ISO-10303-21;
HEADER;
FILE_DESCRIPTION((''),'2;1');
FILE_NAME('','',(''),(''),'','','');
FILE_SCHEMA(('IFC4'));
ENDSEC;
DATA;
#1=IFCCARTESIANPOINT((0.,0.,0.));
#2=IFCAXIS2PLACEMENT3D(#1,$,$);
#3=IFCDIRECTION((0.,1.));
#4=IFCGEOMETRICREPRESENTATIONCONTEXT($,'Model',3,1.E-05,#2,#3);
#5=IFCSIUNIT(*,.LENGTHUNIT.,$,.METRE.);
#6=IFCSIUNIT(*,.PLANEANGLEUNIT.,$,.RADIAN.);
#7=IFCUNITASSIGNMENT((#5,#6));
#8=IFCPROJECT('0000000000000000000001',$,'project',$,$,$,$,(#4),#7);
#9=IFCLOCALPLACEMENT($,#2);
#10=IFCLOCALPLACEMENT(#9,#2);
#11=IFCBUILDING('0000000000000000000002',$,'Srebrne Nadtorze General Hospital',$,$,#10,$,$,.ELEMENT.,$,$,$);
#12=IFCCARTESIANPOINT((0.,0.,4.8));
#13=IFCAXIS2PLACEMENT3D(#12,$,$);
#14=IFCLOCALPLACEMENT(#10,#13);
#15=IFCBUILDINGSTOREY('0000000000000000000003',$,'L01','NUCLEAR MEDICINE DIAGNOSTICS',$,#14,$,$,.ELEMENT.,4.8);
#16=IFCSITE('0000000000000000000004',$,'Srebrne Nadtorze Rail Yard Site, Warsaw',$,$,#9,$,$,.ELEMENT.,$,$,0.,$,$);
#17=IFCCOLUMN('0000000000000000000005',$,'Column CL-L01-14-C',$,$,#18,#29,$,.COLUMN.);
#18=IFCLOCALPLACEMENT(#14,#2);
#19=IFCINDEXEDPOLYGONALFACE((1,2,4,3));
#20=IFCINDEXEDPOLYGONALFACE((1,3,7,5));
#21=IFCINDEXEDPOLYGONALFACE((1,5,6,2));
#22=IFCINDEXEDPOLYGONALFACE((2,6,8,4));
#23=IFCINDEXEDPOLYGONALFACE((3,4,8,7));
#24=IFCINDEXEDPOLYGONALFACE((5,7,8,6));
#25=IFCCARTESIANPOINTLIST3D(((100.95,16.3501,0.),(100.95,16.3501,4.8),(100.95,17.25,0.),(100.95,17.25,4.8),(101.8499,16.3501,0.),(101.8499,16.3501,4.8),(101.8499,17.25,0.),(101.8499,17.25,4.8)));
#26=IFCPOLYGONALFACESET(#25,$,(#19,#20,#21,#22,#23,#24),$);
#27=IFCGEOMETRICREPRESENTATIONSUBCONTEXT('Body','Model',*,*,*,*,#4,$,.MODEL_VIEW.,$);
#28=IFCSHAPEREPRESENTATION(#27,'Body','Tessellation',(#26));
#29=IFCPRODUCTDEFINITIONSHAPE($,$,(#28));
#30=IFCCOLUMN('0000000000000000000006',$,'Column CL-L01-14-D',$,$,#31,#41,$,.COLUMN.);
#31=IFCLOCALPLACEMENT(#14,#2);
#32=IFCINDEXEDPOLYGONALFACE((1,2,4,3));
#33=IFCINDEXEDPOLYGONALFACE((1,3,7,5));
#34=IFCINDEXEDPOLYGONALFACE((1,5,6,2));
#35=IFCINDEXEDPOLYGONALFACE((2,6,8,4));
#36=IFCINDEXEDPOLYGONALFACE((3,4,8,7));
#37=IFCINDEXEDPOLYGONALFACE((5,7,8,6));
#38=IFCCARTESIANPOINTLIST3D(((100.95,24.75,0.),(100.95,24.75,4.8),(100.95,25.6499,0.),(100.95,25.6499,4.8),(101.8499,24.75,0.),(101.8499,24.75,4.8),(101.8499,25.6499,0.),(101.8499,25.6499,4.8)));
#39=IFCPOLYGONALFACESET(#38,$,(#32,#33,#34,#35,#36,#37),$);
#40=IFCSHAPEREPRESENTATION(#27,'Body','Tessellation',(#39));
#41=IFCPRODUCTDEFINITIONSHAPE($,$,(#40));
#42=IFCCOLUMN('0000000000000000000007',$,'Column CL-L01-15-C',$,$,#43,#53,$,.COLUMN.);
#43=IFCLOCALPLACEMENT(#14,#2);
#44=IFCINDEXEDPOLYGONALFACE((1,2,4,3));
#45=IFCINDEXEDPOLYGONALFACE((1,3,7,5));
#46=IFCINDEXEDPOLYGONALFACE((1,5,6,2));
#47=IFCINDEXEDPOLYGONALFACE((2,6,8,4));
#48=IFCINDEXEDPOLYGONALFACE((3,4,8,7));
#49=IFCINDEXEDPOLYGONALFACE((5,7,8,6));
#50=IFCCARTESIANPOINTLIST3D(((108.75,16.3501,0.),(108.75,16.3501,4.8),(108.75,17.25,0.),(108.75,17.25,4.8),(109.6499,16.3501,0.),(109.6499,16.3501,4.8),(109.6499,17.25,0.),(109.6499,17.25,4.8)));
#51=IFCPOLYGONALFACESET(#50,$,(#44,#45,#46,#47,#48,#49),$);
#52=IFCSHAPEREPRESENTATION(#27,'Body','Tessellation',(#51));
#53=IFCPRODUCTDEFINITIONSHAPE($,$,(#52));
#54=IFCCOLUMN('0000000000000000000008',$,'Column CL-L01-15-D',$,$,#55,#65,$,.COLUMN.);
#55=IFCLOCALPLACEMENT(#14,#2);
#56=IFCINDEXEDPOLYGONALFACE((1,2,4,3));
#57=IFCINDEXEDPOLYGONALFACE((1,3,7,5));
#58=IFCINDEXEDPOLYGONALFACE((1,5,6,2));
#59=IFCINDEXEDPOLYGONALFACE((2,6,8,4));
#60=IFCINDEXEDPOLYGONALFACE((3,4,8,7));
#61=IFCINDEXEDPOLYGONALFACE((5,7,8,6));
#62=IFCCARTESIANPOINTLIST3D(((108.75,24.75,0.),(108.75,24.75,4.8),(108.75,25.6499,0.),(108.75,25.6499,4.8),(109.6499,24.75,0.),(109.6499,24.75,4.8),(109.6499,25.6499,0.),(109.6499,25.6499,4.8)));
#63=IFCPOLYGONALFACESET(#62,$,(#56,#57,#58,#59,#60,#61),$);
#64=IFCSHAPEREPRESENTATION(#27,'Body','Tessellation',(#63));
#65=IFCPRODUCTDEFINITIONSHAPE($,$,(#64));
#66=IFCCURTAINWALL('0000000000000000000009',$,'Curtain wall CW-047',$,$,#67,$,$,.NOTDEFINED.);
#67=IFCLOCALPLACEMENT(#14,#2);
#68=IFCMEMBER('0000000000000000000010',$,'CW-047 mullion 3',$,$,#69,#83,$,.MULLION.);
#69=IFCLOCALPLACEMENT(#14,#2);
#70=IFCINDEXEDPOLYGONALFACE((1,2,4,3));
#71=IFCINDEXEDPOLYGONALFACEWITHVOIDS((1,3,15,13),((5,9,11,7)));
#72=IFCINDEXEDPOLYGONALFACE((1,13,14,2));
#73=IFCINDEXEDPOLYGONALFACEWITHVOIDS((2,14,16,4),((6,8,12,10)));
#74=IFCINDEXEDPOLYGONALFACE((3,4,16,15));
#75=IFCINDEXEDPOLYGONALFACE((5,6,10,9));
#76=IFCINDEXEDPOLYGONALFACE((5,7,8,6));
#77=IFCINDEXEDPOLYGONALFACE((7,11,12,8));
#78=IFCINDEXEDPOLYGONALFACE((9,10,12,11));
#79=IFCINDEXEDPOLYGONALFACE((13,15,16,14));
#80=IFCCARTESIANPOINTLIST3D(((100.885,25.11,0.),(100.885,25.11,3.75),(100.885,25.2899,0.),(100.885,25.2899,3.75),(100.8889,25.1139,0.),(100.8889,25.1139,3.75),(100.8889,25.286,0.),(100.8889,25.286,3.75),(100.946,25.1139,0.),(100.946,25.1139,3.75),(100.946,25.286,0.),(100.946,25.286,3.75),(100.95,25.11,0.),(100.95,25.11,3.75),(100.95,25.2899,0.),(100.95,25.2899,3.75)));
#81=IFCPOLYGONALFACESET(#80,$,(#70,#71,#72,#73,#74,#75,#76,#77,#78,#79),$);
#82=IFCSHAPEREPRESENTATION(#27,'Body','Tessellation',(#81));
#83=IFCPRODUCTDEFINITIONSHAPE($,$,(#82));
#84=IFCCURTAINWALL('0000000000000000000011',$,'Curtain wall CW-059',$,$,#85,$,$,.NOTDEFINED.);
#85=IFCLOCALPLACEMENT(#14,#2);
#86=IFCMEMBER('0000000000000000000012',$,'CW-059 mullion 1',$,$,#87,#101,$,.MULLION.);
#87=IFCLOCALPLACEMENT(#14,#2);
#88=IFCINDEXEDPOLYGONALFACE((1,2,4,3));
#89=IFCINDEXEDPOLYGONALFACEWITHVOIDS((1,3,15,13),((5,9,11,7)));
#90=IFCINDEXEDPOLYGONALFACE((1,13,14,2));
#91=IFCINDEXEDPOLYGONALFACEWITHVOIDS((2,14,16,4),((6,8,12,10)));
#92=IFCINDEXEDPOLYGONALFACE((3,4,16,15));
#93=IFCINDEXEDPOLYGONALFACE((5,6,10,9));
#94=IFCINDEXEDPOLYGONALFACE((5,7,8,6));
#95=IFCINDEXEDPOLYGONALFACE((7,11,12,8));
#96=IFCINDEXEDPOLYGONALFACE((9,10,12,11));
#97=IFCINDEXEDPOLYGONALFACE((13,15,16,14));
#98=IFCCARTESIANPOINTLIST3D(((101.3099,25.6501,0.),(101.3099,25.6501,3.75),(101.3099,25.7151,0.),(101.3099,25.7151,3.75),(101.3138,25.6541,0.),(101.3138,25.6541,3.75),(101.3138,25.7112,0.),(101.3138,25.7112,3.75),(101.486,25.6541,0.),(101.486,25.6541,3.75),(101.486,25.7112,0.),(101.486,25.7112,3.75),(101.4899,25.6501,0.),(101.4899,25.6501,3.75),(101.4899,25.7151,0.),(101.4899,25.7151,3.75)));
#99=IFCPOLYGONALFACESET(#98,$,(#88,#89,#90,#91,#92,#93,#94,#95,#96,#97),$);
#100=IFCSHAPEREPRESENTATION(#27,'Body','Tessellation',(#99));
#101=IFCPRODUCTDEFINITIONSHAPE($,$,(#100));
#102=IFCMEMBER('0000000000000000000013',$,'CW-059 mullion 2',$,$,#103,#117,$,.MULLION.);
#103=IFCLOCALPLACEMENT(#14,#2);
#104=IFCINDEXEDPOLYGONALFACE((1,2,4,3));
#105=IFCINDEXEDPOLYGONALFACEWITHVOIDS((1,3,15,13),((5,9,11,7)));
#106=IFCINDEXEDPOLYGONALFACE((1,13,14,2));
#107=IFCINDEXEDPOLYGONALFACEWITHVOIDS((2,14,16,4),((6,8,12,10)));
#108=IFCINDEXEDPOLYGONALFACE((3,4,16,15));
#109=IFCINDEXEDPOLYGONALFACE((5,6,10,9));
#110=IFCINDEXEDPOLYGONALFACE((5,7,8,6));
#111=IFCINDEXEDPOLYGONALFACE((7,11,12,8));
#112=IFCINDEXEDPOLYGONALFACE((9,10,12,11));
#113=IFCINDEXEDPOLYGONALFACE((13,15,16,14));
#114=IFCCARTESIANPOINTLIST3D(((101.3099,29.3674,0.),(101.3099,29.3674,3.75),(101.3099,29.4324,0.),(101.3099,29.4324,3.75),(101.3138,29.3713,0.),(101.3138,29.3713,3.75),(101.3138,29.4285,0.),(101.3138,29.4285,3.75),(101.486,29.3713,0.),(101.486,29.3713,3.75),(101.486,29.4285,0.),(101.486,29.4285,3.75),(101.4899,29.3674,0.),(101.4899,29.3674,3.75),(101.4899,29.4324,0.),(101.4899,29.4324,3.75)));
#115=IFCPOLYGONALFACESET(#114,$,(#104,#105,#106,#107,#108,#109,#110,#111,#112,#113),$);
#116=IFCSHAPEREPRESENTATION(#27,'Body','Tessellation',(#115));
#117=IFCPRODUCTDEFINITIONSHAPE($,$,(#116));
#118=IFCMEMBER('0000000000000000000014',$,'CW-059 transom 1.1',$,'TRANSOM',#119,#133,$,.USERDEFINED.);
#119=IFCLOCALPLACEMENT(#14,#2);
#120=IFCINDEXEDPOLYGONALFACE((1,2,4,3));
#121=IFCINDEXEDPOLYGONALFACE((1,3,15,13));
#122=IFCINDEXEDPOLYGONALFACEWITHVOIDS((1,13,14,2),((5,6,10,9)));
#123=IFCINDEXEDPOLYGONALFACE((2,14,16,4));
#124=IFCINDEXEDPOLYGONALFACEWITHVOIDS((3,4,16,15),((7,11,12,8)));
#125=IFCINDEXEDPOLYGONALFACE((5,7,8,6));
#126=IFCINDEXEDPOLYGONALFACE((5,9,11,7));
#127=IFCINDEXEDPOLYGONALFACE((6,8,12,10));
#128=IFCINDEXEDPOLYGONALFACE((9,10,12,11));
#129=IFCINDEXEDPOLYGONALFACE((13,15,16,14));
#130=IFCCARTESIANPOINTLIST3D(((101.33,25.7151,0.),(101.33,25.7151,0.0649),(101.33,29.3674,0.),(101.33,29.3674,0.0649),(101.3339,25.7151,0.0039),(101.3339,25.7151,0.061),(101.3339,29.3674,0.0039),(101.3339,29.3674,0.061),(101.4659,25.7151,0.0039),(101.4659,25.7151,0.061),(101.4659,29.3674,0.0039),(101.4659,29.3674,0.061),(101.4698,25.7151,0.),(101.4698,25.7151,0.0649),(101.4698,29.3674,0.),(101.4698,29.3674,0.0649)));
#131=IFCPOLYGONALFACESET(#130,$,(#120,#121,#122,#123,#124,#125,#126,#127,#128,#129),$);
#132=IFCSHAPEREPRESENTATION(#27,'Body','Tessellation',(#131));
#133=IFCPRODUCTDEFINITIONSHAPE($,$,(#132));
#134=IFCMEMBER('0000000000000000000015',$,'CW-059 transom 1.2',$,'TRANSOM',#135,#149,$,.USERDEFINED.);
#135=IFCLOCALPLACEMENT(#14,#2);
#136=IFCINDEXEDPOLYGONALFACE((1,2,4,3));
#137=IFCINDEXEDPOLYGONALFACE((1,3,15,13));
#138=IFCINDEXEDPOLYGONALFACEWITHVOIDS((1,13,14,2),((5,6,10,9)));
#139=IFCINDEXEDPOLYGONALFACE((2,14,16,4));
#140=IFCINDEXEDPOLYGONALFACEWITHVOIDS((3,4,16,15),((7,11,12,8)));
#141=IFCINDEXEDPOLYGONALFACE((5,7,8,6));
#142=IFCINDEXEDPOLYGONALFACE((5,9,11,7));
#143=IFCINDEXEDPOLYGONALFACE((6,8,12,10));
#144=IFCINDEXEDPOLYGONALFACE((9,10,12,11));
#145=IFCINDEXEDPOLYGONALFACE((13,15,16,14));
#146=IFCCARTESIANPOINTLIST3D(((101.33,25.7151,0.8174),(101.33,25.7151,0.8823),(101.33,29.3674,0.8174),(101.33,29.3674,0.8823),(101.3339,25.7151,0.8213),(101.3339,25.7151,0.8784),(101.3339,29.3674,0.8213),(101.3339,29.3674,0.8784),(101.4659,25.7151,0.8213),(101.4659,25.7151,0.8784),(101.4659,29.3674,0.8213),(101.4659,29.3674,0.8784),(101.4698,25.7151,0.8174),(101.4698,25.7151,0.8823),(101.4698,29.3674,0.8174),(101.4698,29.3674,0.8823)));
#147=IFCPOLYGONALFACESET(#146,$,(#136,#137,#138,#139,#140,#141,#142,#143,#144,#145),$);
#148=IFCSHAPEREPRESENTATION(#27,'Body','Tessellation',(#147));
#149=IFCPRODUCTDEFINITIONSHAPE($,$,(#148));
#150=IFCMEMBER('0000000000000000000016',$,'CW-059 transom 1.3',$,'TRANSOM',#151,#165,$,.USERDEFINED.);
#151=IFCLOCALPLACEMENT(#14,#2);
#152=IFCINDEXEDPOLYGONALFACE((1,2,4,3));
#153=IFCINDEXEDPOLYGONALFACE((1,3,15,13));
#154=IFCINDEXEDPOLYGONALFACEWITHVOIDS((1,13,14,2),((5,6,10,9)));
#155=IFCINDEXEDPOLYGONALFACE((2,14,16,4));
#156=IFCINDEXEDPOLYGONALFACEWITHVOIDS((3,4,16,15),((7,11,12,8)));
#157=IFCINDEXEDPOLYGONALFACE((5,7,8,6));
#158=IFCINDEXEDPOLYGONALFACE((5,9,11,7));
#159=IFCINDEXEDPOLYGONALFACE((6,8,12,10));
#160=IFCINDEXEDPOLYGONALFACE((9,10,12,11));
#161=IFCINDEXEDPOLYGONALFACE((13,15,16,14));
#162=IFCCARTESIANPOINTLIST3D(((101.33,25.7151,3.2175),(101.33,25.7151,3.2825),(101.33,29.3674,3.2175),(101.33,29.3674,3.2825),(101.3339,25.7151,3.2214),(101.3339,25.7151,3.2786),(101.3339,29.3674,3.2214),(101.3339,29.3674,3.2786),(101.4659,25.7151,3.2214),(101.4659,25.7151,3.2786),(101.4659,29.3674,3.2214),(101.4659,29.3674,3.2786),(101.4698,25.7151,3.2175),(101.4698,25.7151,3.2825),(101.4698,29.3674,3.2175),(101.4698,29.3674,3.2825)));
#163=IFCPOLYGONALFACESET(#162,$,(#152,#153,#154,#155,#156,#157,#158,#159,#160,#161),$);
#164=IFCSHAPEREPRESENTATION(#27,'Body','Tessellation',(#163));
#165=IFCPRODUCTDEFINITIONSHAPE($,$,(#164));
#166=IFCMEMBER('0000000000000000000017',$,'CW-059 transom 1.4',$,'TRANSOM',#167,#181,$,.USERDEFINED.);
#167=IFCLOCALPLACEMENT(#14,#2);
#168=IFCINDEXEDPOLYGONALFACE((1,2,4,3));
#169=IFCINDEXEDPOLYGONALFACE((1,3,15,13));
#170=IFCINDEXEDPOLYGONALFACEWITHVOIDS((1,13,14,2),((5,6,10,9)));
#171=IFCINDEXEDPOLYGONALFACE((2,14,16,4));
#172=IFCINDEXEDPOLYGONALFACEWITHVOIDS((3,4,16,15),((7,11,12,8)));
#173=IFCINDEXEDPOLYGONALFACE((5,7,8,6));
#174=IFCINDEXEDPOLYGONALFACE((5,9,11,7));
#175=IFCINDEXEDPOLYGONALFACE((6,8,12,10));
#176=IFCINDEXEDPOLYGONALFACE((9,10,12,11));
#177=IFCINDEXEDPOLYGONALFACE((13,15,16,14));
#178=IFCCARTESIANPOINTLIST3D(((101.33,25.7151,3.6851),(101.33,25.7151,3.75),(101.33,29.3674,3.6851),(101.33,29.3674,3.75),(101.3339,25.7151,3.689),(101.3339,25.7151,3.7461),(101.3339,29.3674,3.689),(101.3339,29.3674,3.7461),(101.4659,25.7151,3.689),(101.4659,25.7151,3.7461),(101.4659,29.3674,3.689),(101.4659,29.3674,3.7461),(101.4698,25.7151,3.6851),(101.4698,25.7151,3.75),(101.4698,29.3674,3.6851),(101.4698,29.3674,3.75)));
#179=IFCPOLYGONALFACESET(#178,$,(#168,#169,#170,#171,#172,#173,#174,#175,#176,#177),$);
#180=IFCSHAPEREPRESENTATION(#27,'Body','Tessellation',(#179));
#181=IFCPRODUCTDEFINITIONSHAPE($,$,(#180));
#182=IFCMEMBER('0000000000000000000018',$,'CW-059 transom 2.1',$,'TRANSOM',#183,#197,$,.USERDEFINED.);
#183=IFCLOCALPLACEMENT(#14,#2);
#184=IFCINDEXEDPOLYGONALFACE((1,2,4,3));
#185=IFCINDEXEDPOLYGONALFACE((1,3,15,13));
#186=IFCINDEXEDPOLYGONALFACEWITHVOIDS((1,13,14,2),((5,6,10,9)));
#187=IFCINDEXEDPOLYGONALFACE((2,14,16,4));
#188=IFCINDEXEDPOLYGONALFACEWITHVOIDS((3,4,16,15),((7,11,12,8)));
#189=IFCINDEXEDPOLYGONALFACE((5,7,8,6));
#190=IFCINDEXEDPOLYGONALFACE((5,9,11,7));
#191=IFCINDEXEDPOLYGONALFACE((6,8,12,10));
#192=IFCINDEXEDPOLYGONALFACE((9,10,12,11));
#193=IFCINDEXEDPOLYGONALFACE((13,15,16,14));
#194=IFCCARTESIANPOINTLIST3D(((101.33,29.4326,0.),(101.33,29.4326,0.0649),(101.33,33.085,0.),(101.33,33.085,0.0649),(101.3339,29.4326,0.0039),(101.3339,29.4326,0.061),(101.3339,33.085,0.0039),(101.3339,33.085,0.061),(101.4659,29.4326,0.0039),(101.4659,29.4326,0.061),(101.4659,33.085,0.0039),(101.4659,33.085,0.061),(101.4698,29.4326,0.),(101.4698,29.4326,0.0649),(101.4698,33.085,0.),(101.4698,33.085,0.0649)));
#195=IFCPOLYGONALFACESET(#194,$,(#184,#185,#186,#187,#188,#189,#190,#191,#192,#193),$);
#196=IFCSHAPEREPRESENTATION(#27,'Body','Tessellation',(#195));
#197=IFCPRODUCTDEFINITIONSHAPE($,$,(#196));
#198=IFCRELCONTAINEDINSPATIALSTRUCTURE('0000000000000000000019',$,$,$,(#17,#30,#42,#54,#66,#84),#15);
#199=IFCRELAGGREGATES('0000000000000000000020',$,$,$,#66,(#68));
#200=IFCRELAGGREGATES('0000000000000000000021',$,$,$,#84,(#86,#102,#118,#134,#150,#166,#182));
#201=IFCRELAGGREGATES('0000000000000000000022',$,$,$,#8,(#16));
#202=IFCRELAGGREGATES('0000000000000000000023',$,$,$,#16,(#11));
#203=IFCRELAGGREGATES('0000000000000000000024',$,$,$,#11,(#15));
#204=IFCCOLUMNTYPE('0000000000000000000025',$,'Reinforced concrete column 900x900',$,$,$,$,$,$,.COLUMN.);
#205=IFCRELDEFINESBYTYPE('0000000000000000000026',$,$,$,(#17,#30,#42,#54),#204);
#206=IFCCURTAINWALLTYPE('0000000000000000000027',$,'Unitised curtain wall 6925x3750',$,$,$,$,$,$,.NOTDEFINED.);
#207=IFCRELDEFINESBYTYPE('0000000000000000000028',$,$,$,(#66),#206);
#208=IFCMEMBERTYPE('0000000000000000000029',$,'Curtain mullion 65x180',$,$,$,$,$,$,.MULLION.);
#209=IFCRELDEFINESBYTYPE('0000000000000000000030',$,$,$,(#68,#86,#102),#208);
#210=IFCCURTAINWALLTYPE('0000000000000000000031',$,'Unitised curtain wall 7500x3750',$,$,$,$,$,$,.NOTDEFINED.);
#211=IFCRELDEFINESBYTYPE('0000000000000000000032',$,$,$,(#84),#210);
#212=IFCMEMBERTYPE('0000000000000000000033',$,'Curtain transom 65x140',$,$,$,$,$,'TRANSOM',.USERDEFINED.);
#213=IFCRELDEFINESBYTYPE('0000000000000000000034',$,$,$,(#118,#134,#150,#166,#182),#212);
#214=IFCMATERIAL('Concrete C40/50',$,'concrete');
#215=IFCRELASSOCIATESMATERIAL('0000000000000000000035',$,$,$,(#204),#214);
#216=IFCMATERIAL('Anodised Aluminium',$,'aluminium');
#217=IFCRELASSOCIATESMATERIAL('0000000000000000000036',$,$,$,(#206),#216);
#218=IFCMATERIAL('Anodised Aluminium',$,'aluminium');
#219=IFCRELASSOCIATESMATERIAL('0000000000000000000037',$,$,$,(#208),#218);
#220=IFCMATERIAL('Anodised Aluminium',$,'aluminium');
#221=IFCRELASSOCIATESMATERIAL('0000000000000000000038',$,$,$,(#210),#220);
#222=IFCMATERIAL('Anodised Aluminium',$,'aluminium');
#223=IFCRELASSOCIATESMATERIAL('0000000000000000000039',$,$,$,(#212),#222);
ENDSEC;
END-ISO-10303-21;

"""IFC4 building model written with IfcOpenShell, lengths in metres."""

from ifc_helpers import new_model, si_unit, direction, frame, origin, origin_2d, place, context, subcontext, project, spatial, rectangle, hollow_rectangle, extrude, material, material_profile, profile_set, type_object, element, aggregate, save


model = new_model("IFC4")

# Units and contexts
model_context = context("Model", 3, precision=1e-05, world=origin(), true_north=direction((0.0, 1.0)))
body_context = subcontext(model_context, "Body", "Model", "MODEL_VIEW")
ifc_project = project(units=[si_unit("LENGTHUNIT", "METRE"), si_unit("PLANEANGLEUNIT", "RADIAN")], contexts=[model_context])

# Site, building, storey
site_placement = place(None, origin())
site = spatial("IfcSite", under=ifc_project, at=site_placement, Name="Srebrne Nadtorze Rail Yard Site, Warsaw", CompositionType="ELEMENT", RefElevation=0.0)
building_placement = place(site_placement, origin())
building = spatial("IfcBuilding", under=site, at=building_placement, Name="Srebrne Nadtorze General Hospital", CompositionType="ELEMENT")
storey_placement = place(building_placement, frame((0.0, 0.0, 4.8)))
storey = spatial("IfcBuildingStorey", under=building, at=storey_placement, Name="L01", Description="NUCLEAR MEDICINE DIAGNOSTICS", CompositionType="ELEMENT", Elevation=4.8)

# Columns
ifc_material_1 = material(Name="Concrete C40/50", Category="concrete")
ifc_material_profile_1 = material_profile(ifc_material_1, rectangle(XDim=0.8999, YDim=0.8999, at=origin_2d()), Name="RC-COL-900x900")
ifc_profile_set_1 = profile_set([ifc_material_profile_1], Name="Concrete C40/50")
column_type = type_object("IfcColumnType", Name="Reinforced concrete column 900x900", PredefinedType="COLUMN", material=ifc_profile_set_1)
for number, where, z_axis, x_axis, name in (
    (1, (101.3999, 16.8, 0.0), (0.0, 0.0, 1.0), (1.0, 0.0, 0.0), "Column CL-L01-14-C"),
    (2, (101.3999, 25.2, 0.0), (0.0, 0.0, 1.0), (1.0, 0.0, 0.0), "Column CL-L01-14-D"),
    (3, (109.2, 16.8, 0.0), (0.0, 0.0, 1.0), (1.0, 0.0, 0.0), "Column CL-L01-15-C"),
    (4, (109.2, 25.2, 0.0), (0.0, 0.0, 1.0), (1.0, 0.0, 0.0), "Column CL-L01-15-D"),
):
    element("IfcColumn", number, at=place(storey_placement, frame(where, z_axis=z_axis, x_axis=x_axis)), inside=storey, type_object=column_type, Name=name, PredefinedType="COLUMN", context=body_context, shape_type="SweptSolid", body=[
        extrude(rectangle(XDim=0.8999, YDim=0.8999, at=origin_2d()), origin(), (0.0, 0.0, 1.0), 4.8),
    ])

# Curtain wall, member
ifc_material_2 = material(Name="Anodised Aluminium", Category="aluminium")
curtain_wall_type_1 = type_object("IfcCurtainWallType", Name="Unitised curtain wall 6925x3750", PredefinedType="NOTDEFINED", material=ifc_material_2)
curtain_wall_1_placement = place(storey_placement, origin())
curtain_wall_1 = element("IfcCurtainWall", 5, at=curtain_wall_1_placement, inside=storey, type_object=curtain_wall_type_1, Name="Curtain wall CW-047", PredefinedType="NOTDEFINED")
ifc_material_3 = material(Name="Anodised Aluminium", Category="aluminium")
ifc_material_profile_2 = material_profile(ifc_material_3, hollow_rectangle(XDim=0.0649, YDim=0.1799, WallThickness=0.0039, at=origin_2d()), Name="AL-MUL-65x180")
ifc_profile_set_2 = profile_set([ifc_material_profile_2], Name="Anodised Aluminium")
member_type_1 = type_object("IfcMemberType", Name="Curtain mullion 65x180", PredefinedType="MULLION", material=ifc_profile_set_2)
member_1_placement = place(storey_placement, frame((100.9175, 25.2, 0.0), z_axis=(0.0, 0.0, 1.0), x_axis=(1.0, 0.0, 0.0)))
member_1 = element("IfcMember", 6, at=member_1_placement, type_object=member_type_1, Name="CW-047 mullion 3", PredefinedType="MULLION", context=body_context, shape_type="SweptSolid", body=[
    extrude(hollow_rectangle(XDim=0.0649, YDim=0.1799, WallThickness=0.0039, at=origin_2d()), origin(), (0.0, 0.0, 1.0), 3.75),
])
aggregate(curtain_wall_1, [member_1])

# Curtain wall, members
ifc_material_4 = material(Name="Anodised Aluminium", Category="aluminium")
curtain_wall_type_2 = type_object("IfcCurtainWallType", Name="Unitised curtain wall 7500x3750", PredefinedType="NOTDEFINED", material=ifc_material_4)
curtain_wall_2_placement = place(storey_placement, origin())
curtain_wall_2 = element("IfcCurtainWall", 7, at=curtain_wall_2_placement, inside=storey, type_object=curtain_wall_type_2, Name="Curtain wall CW-059", PredefinedType="NOTDEFINED")
member_2_placement = place(storey_placement, frame((101.3999, 25.6826, 0.0), z_axis=(0.0, 0.0, 1.0), x_axis=(0.0, 1.0, 0.0)))
member_2 = element("IfcMember", 8, at=member_2_placement, type_object=member_type_1, Name="CW-059 mullion 1", PredefinedType="MULLION", context=body_context, shape_type="SweptSolid", body=[
    extrude(hollow_rectangle(XDim=0.0649, YDim=0.1799, WallThickness=0.0039, at=origin_2d()), origin(), (0.0, 0.0, 1.0), 3.75),
])
member_3_placement = place(storey_placement, frame((101.3999, 29.3999, 0.0), z_axis=(0.0, 0.0, 1.0), x_axis=(0.0, 1.0, 0.0)))
member_3 = element("IfcMember", 9, at=member_3_placement, type_object=member_type_1, Name="CW-059 mullion 2", PredefinedType="MULLION", context=body_context, shape_type="SweptSolid", body=[
    extrude(hollow_rectangle(XDim=0.0649, YDim=0.1799, WallThickness=0.0039, at=origin_2d()), origin(), (0.0, 0.0, 1.0), 3.75),
])
ifc_material_5 = material(Name="Anodised Aluminium", Category="aluminium")
ifc_material_profile_3 = material_profile(ifc_material_5, hollow_rectangle(XDim=0.0649, YDim=0.1399, WallThickness=0.0039, at=origin_2d()), Name="AL-TRN-65x140")
ifc_profile_set_3 = profile_set([ifc_material_profile_3], Name="Anodised Aluminium")
member_type_2 = type_object("IfcMemberType", Name="Curtain transom 65x140", ElementType="TRANSOM", PredefinedType="USERDEFINED", material=ifc_profile_set_3)
member_4_placement = place(storey_placement, frame((101.3999, 25.7151, 0.0325), z_axis=(0.0, 1.0, 0.0), x_axis=(0.0, 0.0, 1.0)))
member_4 = element("IfcMember", 10, at=member_4_placement, type_object=member_type_2, Name="CW-059 transom 1.1", ObjectType="TRANSOM", PredefinedType="USERDEFINED", context=body_context, shape_type="SweptSolid", body=[
    extrude(hollow_rectangle(XDim=0.0649, YDim=0.1399, WallThickness=0.0039, at=origin_2d()), origin(), (0.0, 0.0, 1.0), 3.6523),
])
member_5_placement = place(storey_placement, frame((101.3999, 25.7151, 0.8499), z_axis=(0.0, 1.0, 0.0), x_axis=(0.0, 0.0, 1.0)))
member_5 = element("IfcMember", 11, at=member_5_placement, type_object=member_type_2, Name="CW-059 transom 1.2", ObjectType="TRANSOM", PredefinedType="USERDEFINED", context=body_context, shape_type="SweptSolid", body=[
    extrude(hollow_rectangle(XDim=0.0649, YDim=0.1399, WallThickness=0.0039, at=origin_2d()), origin(), (0.0, 0.0, 1.0), 3.6523),
])
member_6_placement = place(storey_placement, frame((101.3999, 25.7151, 3.25), z_axis=(0.0, 1.0, 0.0), x_axis=(0.0, 0.0, 1.0)))
member_6 = element("IfcMember", 12, at=member_6_placement, type_object=member_type_2, Name="CW-059 transom 1.3", ObjectType="TRANSOM", PredefinedType="USERDEFINED", context=body_context, shape_type="SweptSolid", body=[
    extrude(hollow_rectangle(XDim=0.0649, YDim=0.1399, WallThickness=0.0039, at=origin_2d()), origin(), (0.0, 0.0, 1.0), 3.6523),
])
member_7_placement = place(storey_placement, frame((101.3999, 25.7151, 3.7175), z_axis=(0.0, 1.0, 0.0), x_axis=(0.0, 0.0, 1.0)))
member_7 = element("IfcMember", 13, at=member_7_placement, type_object=member_type_2, Name="CW-059 transom 1.4", ObjectType="TRANSOM", PredefinedType="USERDEFINED", context=body_context, shape_type="SweptSolid", body=[
    extrude(hollow_rectangle(XDim=0.0649, YDim=0.1399, WallThickness=0.0039, at=origin_2d()), origin(), (0.0, 0.0, 1.0), 3.6523),
])
member_8_placement = place(storey_placement, frame((101.3999, 29.4326, 0.0325), z_axis=(0.0, 1.0, 0.0), x_axis=(0.0, 0.0, 1.0)))
member_8 = element("IfcMember", 14, at=member_8_placement, type_object=member_type_2, Name="CW-059 transom 2.1", ObjectType="TRANSOM", PredefinedType="USERDEFINED", context=body_context, shape_type="SweptSolid", body=[
    extrude(hollow_rectangle(XDim=0.0649, YDim=0.1399, WallThickness=0.0039, at=origin_2d()), origin(), (0.0, 0.0, 1.0), 3.6523),
])

aggregate(curtain_wall_2, [member_2, member_3, member_4, member_5, member_6, member_7, member_8])

save(model, "model.ifc")
